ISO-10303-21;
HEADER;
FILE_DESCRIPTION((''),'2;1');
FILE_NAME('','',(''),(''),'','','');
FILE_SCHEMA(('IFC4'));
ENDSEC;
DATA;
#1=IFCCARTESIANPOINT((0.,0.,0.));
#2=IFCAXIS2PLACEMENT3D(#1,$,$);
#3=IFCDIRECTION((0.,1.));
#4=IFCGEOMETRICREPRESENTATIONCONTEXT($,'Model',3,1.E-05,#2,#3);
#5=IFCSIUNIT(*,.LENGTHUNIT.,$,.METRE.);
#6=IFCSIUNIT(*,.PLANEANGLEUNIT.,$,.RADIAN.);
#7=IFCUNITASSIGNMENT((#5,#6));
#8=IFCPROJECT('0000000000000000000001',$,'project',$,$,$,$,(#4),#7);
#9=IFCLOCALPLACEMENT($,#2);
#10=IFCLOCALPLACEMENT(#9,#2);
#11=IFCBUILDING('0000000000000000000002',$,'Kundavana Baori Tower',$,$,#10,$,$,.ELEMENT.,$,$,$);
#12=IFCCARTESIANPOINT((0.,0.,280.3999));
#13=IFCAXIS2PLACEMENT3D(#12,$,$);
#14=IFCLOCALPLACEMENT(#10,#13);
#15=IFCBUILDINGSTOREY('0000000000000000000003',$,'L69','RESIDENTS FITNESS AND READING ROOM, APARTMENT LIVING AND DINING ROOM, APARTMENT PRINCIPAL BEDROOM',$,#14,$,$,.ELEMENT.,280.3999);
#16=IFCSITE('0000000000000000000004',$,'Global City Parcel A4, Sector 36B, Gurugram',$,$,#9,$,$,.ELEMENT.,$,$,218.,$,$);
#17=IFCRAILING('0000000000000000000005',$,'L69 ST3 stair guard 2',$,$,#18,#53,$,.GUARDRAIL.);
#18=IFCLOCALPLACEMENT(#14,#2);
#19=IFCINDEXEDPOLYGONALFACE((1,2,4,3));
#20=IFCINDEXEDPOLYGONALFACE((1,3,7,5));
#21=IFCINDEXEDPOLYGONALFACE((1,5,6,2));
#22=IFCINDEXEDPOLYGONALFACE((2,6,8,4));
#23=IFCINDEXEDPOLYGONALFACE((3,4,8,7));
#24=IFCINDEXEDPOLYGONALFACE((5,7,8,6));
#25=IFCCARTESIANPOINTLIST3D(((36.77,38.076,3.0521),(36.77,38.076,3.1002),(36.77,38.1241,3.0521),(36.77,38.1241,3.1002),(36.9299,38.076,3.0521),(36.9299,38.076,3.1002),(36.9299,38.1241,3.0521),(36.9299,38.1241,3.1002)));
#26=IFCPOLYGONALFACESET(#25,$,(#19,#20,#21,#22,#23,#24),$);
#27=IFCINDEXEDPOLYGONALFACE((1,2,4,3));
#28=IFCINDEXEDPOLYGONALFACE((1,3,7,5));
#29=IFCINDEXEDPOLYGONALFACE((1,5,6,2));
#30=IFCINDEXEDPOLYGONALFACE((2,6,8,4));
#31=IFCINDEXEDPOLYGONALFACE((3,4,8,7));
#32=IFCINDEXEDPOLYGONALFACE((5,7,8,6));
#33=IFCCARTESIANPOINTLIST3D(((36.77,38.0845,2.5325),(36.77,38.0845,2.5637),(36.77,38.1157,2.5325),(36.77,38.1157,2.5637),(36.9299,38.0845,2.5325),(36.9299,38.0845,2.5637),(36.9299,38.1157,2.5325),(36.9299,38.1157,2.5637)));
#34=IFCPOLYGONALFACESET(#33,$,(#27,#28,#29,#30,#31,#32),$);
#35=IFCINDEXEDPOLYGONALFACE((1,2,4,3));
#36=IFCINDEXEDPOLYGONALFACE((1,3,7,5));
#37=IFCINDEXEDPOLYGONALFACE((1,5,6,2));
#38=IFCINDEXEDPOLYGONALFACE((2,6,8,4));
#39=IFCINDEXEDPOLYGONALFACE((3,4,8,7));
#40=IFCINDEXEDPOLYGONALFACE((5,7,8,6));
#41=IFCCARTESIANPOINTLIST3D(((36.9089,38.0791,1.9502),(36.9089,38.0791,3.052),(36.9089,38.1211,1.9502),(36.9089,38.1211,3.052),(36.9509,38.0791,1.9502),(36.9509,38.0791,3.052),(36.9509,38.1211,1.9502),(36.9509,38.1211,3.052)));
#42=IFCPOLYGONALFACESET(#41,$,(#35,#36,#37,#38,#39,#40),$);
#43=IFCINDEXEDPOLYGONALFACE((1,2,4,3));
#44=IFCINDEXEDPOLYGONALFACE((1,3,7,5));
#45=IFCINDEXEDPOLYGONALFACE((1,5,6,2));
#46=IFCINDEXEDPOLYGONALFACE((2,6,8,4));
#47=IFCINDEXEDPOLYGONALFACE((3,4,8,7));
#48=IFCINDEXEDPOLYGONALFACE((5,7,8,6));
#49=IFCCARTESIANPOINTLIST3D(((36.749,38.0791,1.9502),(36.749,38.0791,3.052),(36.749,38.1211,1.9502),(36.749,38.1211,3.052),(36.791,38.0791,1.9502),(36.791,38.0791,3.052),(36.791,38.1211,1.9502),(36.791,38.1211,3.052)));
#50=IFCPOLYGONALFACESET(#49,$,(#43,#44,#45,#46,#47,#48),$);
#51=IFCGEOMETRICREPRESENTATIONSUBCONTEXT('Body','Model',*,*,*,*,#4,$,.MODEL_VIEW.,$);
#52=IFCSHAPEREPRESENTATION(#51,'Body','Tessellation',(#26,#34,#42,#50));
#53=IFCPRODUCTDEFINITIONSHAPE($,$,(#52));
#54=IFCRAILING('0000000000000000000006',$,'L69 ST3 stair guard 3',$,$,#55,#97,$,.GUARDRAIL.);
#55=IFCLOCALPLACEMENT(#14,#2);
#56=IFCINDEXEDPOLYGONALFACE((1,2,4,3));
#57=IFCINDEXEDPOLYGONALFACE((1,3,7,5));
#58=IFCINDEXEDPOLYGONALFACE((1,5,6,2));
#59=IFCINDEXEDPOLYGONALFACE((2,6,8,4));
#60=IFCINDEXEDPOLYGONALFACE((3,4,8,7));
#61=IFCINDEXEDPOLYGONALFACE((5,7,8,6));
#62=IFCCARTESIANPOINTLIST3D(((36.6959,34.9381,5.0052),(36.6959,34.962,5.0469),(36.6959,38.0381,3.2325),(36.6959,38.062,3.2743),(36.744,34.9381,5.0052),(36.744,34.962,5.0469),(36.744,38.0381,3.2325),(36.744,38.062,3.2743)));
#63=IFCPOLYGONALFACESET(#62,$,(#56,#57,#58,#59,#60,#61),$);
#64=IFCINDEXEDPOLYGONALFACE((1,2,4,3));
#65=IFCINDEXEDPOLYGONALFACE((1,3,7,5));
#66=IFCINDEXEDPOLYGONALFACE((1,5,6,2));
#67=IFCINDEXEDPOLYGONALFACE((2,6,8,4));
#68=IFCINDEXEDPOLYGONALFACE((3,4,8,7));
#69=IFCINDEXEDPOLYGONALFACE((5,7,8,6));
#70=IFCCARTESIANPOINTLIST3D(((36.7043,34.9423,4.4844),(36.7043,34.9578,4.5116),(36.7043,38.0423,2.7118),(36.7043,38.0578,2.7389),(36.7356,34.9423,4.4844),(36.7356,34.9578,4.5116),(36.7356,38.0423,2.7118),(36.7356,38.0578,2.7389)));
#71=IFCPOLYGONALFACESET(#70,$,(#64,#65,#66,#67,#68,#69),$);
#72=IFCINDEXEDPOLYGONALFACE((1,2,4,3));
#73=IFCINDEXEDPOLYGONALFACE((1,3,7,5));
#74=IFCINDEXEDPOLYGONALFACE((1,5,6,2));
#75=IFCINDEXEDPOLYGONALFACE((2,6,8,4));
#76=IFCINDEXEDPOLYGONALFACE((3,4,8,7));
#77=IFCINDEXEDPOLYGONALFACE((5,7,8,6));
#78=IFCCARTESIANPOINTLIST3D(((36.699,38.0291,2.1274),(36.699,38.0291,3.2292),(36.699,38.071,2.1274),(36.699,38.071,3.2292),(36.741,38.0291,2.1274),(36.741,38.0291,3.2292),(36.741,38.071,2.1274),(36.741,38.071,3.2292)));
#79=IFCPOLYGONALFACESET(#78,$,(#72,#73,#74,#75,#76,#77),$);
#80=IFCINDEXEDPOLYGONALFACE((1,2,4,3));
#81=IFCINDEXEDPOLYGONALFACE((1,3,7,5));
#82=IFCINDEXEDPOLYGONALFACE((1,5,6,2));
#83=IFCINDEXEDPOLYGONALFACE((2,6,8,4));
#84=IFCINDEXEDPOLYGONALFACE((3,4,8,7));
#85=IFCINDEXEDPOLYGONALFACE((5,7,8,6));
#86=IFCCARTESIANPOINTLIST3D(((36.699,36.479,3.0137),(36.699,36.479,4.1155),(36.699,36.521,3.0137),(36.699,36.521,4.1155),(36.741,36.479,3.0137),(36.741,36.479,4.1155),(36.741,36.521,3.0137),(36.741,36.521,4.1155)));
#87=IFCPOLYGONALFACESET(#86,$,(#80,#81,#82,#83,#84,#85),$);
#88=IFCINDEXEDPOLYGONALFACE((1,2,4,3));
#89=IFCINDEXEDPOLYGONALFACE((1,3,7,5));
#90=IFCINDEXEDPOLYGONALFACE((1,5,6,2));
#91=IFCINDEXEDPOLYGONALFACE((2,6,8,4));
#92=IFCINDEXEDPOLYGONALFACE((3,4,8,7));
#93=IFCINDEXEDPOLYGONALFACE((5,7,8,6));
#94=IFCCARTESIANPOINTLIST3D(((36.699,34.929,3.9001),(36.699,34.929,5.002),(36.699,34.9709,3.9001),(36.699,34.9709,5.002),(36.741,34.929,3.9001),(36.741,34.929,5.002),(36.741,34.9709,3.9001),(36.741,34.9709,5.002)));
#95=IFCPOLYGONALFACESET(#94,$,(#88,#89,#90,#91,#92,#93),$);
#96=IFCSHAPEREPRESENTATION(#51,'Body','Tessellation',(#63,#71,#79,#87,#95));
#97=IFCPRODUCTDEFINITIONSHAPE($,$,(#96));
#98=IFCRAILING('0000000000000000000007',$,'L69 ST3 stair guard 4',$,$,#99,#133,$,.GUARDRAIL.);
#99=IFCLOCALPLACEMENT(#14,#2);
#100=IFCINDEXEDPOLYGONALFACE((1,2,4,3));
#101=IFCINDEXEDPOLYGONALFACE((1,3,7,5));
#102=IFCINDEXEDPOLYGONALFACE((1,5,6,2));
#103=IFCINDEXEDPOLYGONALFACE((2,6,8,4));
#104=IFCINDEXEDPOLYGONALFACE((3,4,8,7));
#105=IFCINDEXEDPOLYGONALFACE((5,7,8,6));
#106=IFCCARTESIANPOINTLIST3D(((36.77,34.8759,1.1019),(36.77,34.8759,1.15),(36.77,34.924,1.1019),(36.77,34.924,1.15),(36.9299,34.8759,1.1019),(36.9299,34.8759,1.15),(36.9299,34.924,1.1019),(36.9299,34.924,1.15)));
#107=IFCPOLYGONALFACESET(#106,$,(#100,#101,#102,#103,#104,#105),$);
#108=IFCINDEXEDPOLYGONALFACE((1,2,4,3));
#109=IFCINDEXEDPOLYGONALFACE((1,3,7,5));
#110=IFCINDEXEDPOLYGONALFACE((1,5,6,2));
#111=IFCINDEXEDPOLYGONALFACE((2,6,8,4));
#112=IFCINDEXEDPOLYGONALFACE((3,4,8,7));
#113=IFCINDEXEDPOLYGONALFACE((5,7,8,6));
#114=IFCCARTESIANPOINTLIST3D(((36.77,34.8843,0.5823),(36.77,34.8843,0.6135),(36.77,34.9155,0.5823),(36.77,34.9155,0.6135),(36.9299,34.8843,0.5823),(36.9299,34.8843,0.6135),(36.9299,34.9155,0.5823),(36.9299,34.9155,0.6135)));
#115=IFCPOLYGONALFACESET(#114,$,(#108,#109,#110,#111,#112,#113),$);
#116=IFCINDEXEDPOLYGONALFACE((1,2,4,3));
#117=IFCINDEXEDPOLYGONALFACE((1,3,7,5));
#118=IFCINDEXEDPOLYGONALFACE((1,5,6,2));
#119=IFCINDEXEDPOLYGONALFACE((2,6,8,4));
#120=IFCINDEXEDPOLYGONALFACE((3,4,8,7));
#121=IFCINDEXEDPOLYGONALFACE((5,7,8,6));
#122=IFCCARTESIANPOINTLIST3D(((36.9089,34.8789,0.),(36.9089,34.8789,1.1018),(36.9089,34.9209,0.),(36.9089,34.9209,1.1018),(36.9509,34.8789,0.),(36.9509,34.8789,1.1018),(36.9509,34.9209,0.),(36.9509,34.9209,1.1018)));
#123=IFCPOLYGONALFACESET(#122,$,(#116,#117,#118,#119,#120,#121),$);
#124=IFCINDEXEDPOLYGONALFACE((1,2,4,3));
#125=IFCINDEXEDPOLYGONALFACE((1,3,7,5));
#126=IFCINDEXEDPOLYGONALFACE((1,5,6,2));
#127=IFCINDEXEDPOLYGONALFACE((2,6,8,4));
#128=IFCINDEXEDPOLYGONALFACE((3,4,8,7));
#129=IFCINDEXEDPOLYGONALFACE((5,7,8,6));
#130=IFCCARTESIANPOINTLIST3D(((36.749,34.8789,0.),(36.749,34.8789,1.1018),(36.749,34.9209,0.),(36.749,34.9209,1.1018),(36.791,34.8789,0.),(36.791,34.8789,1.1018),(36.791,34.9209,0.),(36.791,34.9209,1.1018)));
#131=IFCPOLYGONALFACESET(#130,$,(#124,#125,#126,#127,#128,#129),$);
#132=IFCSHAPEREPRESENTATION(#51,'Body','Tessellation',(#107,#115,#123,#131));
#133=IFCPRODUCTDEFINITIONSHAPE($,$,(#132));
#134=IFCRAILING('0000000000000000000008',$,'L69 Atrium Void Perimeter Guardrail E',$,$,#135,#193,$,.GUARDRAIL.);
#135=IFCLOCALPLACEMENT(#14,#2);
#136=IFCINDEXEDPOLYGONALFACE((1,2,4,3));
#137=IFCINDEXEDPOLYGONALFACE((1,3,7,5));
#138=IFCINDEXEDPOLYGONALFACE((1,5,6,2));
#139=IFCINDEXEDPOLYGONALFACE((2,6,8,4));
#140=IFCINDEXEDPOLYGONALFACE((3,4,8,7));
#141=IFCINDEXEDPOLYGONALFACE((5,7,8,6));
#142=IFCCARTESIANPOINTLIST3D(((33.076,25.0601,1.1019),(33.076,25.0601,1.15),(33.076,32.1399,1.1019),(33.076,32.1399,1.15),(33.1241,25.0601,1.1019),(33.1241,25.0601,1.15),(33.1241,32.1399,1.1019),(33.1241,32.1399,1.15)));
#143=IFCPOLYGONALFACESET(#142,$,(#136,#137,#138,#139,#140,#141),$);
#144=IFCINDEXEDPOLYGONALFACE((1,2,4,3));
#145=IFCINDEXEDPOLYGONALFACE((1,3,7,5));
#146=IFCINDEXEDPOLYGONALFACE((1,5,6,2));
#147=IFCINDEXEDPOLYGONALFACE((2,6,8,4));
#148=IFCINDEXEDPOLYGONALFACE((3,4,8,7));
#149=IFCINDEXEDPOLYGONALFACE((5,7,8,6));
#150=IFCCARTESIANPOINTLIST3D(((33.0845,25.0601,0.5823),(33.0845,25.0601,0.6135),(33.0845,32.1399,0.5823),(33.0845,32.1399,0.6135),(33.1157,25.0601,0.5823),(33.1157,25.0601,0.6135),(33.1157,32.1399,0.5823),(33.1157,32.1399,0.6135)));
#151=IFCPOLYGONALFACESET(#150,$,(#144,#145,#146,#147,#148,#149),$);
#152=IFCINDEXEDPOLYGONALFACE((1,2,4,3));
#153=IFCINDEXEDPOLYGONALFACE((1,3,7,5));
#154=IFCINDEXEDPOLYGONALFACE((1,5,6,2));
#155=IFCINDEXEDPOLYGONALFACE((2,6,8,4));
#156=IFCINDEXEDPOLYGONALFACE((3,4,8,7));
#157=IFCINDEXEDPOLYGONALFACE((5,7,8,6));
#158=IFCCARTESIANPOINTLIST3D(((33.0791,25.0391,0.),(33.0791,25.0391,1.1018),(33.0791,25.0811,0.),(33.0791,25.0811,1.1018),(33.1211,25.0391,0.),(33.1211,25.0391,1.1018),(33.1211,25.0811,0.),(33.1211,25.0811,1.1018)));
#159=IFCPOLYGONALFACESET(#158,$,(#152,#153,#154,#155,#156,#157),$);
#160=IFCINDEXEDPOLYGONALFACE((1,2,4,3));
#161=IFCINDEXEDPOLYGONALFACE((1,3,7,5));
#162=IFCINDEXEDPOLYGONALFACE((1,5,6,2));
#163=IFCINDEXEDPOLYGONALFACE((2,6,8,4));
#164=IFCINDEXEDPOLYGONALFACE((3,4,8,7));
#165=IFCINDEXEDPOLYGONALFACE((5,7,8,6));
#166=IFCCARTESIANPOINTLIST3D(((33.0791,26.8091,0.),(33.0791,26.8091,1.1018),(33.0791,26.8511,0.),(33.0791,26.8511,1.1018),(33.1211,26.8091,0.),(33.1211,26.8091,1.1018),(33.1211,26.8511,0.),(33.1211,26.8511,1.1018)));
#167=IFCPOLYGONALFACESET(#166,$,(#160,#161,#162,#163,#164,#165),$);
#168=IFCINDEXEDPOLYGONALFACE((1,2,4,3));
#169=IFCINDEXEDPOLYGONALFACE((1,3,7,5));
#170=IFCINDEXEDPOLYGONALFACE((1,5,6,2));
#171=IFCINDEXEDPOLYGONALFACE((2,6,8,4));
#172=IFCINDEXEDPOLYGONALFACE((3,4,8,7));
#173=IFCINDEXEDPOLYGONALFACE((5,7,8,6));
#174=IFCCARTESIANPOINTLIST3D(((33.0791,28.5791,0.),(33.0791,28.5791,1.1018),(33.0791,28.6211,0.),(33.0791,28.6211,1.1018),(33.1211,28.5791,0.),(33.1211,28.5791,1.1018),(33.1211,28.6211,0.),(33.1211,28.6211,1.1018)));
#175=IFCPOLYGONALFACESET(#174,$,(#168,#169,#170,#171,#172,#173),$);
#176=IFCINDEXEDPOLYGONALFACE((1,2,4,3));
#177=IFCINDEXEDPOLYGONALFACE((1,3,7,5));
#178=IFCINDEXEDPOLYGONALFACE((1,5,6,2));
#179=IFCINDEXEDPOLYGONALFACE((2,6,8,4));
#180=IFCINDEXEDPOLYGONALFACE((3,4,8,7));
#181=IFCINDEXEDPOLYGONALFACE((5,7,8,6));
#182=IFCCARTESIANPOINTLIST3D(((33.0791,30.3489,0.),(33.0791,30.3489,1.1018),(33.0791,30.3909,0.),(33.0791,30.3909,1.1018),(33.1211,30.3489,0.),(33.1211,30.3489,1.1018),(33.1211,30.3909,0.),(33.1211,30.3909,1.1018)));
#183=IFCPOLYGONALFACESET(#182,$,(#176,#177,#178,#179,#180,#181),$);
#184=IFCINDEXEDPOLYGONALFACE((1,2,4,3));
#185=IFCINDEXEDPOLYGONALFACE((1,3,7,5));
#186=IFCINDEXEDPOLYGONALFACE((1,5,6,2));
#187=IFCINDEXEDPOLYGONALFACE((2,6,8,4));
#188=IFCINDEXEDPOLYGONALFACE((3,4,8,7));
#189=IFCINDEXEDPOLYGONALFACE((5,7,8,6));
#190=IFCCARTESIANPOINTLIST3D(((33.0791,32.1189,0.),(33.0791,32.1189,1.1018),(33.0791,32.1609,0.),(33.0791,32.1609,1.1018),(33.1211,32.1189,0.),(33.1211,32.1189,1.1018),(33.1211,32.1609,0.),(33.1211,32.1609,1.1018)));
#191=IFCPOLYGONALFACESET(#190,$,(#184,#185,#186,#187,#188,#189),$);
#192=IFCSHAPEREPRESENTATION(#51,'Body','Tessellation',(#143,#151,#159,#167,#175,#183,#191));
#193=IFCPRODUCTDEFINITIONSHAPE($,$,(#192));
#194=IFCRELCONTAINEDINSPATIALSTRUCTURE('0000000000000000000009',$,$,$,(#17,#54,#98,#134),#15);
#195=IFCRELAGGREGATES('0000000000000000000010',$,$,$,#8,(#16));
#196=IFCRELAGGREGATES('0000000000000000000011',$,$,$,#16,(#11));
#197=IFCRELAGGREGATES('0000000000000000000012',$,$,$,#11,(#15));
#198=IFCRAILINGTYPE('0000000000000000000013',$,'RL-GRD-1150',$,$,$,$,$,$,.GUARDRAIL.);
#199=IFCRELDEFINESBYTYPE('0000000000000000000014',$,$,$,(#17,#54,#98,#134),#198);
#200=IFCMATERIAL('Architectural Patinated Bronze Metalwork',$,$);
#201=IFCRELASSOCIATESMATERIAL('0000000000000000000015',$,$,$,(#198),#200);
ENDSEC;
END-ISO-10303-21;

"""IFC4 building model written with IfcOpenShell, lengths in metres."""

from ifc_helpers import new_model, si_unit, direction, frame, origin, origin_2d, place, context, subcontext, project, spatial, rectangle, extrude, material, type_object, element, save


model = new_model("IFC4")

# Units and contexts
model_context = context("Model", 3, precision=1e-05, world=origin(), true_north=direction((0.0, 1.0)))
body_context = subcontext(model_context, "Body", "Model", "MODEL_VIEW")
ifc_project = project(units=[si_unit("LENGTHUNIT", "METRE"), si_unit("PLANEANGLEUNIT", "RADIAN")], contexts=[model_context])

# Site, building, storey
site_placement = place(None, origin())
site = spatial("IfcSite", under=ifc_project, at=site_placement, Name="Global City Parcel A4, Sector 36B, Gurugram", CompositionType="ELEMENT", RefElevation=218.0)
building_placement = place(site_placement, origin())
building = spatial("IfcBuilding", under=site, at=building_placement, Name="Kundavana Baori Tower", CompositionType="ELEMENT")
storey_placement = place(building_placement, frame((0.0, 0.0, 280.3999)))
storey = spatial("IfcBuildingStorey", under=building, at=storey_placement, Name="L69", Description="RESIDENTS FITNESS AND READING ROOM, APARTMENT LIVING AND DINING ROOM, APARTMENT PRINCIPAL BEDROOM", CompositionType="ELEMENT", Elevation=280.3999)

# Railings
ifc_material_1 = material(Name="Architectural Patinated Bronze Metalwork")
railing_type_1 = type_object("IfcRailingType", Name="RL-GRD-1150", PredefinedType="GUARDRAIL", material=ifc_material_1)
railing_1_placement = place(storey_placement, frame((36.9299, 38.1001, 1.9502)))
element("IfcRailing", 1, at=railing_1_placement, inside=storey, type_object=railing_type_1, Name="L69 ST3 stair guard 2", PredefinedType="GUARDRAIL", context=body_context, shape_type="SweptSolid", body=[
    extrude(rectangle(XDim=0.0481, YDim=0.0481, at=origin_2d()), frame((0.0, 0.0, 1.126), z_axis=(-1.0, 0.0, 0.0), x_axis=(0.0, -1.0, 0.0)), (0.0, 0.0, 1.0), 0.1599),
    extrude(rectangle(XDim=0.0312, YDim=0.0312, at=origin_2d()), frame((0.0, 0.0, 0.5979), z_axis=(-1.0, 0.0, 0.0), x_axis=(0.0, -1.0, 0.0)), (0.0, 0.0, 1.0), 0.1599),
    extrude(rectangle(XDim=0.042, YDim=0.042, at=origin_2d()), origin(), (0.0, 0.0, 1.0), 1.1018),
    extrude(rectangle(XDim=0.042, YDim=0.042, at=origin_2d()), frame((-0.1599, 0.0, 0.0)), (0.0, 0.0, 1.0), 1.1018),
])
railing_2_placement = place(storey_placement, frame((36.72, 38.05, 2.1274)))
element("IfcRailing", 2, at=railing_2_placement, inside=storey, type_object=railing_type_1, Name="L69 ST3 stair guard 3", PredefinedType="GUARDRAIL", context=body_context, shape_type="SweptSolid", body=[
    extrude(rectangle(XDim=0.0481, YDim=0.0481, at=origin_2d()), frame((0.0, 0.0, 1.126), z_axis=(0.0, -0.868096, 0.496397), x_axis=(1.0, 0.0, 0.0)), (0.0, 0.0, 1.0), 3.571),
    extrude(rectangle(XDim=0.0312, YDim=0.0312, at=origin_2d()), frame((0.0, 0.0, 0.5979), z_axis=(0.0, -0.868096, 0.496397), x_axis=(1.0, 0.0, 0.0)), (0.0, 0.0, 1.0), 3.571),
    extrude(rectangle(XDim=0.042, YDim=0.042, at=origin_2d()), origin(), (0.0, 0.0, 1.0), 1.1018),
    extrude(rectangle(XDim=0.042, YDim=0.042, at=origin_2d()), frame((0.0, -1.55, 0.8862)), (0.0, 0.0, 1.0), 1.1018),
    extrude(rectangle(XDim=0.042, YDim=0.042, at=origin_2d()), frame((0.0, -3.1001, 1.7727)), (0.0, 0.0, 1.0), 1.1018),
])
railing_3_placement = place(storey_placement, frame((36.9299, 34.8999, 0.0)))
element("IfcRailing", 3, at=railing_3_placement, inside=storey, type_object=railing_type_1, Name="L69 ST3 stair guard 4", PredefinedType="GUARDRAIL", context=body_context, shape_type="SweptSolid", body=[
    extrude(rectangle(XDim=0.0481, YDim=0.0481, at=origin_2d()), frame((0.0, 0.0, 1.126), z_axis=(-1.0, 0.0, 0.0), x_axis=(0.0, -1.0, 0.0)), (0.0, 0.0, 1.0), 0.1599),
    extrude(rectangle(XDim=0.0312, YDim=0.0312, at=origin_2d()), frame((0.0, 0.0, 0.5979), z_axis=(-1.0, 0.0, 0.0), x_axis=(0.0, -1.0, 0.0)), (0.0, 0.0, 1.0), 0.1599),
    extrude(rectangle(XDim=0.042, YDim=0.042, at=origin_2d()), origin(), (0.0, 0.0, 1.0), 1.1018),
    extrude(rectangle(XDim=0.042, YDim=0.042, at=origin_2d()), frame((-0.1599, 0.0, 0.0)), (0.0, 0.0, 1.0), 1.1018),
])
railing_4_placement = place(storey_placement, frame((33.1001, 25.0601, 0.0)))
element("IfcRailing", 4, at=railing_4_placement, inside=storey, type_object=railing_type_1, Name="L69 Atrium Void Perimeter Guardrail E", PredefinedType="GUARDRAIL", context=body_context, shape_type="SweptSolid", body=[
    extrude(rectangle(XDim=0.0481, YDim=0.0481, at=origin_2d()), frame((0.0, 0.0, 1.126), z_axis=(0.0, 1.0, 0.0), x_axis=(-1.0, 0.0, 0.0)), (0.0, 0.0, 1.0), 7.0798),
    extrude(rectangle(XDim=0.0312, YDim=0.0312, at=origin_2d()), frame((0.0, 0.0, 0.5979), z_axis=(0.0, 1.0, 0.0), x_axis=(-1.0, 0.0, 0.0)), (0.0, 0.0, 1.0), 7.0798),
    extrude(rectangle(XDim=0.042, YDim=0.042, at=origin_2d()), origin(), (0.0, 0.0, 1.0), 1.1018),
    extrude(rectangle(XDim=0.042, YDim=0.042, at=origin_2d()), frame((0.0, 1.77, 0.0)), (0.0, 0.0, 1.0), 1.1018),
    extrude(rectangle(XDim=0.042, YDim=0.042, at=origin_2d()), frame((0.0, 3.54, 0.0)), (0.0, 0.0, 1.0), 1.1018),
    extrude(rectangle(XDim=0.042, YDim=0.042, at=origin_2d()), frame((0.0, 5.3098, 0.0)), (0.0, 0.0, 1.0), 1.1018),
    extrude(rectangle(XDim=0.042, YDim=0.042, at=origin_2d()), frame((0.0, 7.0798, 0.0)), (0.0, 0.0, 1.0), 1.1018),
])

save(model, "model.ifc")
